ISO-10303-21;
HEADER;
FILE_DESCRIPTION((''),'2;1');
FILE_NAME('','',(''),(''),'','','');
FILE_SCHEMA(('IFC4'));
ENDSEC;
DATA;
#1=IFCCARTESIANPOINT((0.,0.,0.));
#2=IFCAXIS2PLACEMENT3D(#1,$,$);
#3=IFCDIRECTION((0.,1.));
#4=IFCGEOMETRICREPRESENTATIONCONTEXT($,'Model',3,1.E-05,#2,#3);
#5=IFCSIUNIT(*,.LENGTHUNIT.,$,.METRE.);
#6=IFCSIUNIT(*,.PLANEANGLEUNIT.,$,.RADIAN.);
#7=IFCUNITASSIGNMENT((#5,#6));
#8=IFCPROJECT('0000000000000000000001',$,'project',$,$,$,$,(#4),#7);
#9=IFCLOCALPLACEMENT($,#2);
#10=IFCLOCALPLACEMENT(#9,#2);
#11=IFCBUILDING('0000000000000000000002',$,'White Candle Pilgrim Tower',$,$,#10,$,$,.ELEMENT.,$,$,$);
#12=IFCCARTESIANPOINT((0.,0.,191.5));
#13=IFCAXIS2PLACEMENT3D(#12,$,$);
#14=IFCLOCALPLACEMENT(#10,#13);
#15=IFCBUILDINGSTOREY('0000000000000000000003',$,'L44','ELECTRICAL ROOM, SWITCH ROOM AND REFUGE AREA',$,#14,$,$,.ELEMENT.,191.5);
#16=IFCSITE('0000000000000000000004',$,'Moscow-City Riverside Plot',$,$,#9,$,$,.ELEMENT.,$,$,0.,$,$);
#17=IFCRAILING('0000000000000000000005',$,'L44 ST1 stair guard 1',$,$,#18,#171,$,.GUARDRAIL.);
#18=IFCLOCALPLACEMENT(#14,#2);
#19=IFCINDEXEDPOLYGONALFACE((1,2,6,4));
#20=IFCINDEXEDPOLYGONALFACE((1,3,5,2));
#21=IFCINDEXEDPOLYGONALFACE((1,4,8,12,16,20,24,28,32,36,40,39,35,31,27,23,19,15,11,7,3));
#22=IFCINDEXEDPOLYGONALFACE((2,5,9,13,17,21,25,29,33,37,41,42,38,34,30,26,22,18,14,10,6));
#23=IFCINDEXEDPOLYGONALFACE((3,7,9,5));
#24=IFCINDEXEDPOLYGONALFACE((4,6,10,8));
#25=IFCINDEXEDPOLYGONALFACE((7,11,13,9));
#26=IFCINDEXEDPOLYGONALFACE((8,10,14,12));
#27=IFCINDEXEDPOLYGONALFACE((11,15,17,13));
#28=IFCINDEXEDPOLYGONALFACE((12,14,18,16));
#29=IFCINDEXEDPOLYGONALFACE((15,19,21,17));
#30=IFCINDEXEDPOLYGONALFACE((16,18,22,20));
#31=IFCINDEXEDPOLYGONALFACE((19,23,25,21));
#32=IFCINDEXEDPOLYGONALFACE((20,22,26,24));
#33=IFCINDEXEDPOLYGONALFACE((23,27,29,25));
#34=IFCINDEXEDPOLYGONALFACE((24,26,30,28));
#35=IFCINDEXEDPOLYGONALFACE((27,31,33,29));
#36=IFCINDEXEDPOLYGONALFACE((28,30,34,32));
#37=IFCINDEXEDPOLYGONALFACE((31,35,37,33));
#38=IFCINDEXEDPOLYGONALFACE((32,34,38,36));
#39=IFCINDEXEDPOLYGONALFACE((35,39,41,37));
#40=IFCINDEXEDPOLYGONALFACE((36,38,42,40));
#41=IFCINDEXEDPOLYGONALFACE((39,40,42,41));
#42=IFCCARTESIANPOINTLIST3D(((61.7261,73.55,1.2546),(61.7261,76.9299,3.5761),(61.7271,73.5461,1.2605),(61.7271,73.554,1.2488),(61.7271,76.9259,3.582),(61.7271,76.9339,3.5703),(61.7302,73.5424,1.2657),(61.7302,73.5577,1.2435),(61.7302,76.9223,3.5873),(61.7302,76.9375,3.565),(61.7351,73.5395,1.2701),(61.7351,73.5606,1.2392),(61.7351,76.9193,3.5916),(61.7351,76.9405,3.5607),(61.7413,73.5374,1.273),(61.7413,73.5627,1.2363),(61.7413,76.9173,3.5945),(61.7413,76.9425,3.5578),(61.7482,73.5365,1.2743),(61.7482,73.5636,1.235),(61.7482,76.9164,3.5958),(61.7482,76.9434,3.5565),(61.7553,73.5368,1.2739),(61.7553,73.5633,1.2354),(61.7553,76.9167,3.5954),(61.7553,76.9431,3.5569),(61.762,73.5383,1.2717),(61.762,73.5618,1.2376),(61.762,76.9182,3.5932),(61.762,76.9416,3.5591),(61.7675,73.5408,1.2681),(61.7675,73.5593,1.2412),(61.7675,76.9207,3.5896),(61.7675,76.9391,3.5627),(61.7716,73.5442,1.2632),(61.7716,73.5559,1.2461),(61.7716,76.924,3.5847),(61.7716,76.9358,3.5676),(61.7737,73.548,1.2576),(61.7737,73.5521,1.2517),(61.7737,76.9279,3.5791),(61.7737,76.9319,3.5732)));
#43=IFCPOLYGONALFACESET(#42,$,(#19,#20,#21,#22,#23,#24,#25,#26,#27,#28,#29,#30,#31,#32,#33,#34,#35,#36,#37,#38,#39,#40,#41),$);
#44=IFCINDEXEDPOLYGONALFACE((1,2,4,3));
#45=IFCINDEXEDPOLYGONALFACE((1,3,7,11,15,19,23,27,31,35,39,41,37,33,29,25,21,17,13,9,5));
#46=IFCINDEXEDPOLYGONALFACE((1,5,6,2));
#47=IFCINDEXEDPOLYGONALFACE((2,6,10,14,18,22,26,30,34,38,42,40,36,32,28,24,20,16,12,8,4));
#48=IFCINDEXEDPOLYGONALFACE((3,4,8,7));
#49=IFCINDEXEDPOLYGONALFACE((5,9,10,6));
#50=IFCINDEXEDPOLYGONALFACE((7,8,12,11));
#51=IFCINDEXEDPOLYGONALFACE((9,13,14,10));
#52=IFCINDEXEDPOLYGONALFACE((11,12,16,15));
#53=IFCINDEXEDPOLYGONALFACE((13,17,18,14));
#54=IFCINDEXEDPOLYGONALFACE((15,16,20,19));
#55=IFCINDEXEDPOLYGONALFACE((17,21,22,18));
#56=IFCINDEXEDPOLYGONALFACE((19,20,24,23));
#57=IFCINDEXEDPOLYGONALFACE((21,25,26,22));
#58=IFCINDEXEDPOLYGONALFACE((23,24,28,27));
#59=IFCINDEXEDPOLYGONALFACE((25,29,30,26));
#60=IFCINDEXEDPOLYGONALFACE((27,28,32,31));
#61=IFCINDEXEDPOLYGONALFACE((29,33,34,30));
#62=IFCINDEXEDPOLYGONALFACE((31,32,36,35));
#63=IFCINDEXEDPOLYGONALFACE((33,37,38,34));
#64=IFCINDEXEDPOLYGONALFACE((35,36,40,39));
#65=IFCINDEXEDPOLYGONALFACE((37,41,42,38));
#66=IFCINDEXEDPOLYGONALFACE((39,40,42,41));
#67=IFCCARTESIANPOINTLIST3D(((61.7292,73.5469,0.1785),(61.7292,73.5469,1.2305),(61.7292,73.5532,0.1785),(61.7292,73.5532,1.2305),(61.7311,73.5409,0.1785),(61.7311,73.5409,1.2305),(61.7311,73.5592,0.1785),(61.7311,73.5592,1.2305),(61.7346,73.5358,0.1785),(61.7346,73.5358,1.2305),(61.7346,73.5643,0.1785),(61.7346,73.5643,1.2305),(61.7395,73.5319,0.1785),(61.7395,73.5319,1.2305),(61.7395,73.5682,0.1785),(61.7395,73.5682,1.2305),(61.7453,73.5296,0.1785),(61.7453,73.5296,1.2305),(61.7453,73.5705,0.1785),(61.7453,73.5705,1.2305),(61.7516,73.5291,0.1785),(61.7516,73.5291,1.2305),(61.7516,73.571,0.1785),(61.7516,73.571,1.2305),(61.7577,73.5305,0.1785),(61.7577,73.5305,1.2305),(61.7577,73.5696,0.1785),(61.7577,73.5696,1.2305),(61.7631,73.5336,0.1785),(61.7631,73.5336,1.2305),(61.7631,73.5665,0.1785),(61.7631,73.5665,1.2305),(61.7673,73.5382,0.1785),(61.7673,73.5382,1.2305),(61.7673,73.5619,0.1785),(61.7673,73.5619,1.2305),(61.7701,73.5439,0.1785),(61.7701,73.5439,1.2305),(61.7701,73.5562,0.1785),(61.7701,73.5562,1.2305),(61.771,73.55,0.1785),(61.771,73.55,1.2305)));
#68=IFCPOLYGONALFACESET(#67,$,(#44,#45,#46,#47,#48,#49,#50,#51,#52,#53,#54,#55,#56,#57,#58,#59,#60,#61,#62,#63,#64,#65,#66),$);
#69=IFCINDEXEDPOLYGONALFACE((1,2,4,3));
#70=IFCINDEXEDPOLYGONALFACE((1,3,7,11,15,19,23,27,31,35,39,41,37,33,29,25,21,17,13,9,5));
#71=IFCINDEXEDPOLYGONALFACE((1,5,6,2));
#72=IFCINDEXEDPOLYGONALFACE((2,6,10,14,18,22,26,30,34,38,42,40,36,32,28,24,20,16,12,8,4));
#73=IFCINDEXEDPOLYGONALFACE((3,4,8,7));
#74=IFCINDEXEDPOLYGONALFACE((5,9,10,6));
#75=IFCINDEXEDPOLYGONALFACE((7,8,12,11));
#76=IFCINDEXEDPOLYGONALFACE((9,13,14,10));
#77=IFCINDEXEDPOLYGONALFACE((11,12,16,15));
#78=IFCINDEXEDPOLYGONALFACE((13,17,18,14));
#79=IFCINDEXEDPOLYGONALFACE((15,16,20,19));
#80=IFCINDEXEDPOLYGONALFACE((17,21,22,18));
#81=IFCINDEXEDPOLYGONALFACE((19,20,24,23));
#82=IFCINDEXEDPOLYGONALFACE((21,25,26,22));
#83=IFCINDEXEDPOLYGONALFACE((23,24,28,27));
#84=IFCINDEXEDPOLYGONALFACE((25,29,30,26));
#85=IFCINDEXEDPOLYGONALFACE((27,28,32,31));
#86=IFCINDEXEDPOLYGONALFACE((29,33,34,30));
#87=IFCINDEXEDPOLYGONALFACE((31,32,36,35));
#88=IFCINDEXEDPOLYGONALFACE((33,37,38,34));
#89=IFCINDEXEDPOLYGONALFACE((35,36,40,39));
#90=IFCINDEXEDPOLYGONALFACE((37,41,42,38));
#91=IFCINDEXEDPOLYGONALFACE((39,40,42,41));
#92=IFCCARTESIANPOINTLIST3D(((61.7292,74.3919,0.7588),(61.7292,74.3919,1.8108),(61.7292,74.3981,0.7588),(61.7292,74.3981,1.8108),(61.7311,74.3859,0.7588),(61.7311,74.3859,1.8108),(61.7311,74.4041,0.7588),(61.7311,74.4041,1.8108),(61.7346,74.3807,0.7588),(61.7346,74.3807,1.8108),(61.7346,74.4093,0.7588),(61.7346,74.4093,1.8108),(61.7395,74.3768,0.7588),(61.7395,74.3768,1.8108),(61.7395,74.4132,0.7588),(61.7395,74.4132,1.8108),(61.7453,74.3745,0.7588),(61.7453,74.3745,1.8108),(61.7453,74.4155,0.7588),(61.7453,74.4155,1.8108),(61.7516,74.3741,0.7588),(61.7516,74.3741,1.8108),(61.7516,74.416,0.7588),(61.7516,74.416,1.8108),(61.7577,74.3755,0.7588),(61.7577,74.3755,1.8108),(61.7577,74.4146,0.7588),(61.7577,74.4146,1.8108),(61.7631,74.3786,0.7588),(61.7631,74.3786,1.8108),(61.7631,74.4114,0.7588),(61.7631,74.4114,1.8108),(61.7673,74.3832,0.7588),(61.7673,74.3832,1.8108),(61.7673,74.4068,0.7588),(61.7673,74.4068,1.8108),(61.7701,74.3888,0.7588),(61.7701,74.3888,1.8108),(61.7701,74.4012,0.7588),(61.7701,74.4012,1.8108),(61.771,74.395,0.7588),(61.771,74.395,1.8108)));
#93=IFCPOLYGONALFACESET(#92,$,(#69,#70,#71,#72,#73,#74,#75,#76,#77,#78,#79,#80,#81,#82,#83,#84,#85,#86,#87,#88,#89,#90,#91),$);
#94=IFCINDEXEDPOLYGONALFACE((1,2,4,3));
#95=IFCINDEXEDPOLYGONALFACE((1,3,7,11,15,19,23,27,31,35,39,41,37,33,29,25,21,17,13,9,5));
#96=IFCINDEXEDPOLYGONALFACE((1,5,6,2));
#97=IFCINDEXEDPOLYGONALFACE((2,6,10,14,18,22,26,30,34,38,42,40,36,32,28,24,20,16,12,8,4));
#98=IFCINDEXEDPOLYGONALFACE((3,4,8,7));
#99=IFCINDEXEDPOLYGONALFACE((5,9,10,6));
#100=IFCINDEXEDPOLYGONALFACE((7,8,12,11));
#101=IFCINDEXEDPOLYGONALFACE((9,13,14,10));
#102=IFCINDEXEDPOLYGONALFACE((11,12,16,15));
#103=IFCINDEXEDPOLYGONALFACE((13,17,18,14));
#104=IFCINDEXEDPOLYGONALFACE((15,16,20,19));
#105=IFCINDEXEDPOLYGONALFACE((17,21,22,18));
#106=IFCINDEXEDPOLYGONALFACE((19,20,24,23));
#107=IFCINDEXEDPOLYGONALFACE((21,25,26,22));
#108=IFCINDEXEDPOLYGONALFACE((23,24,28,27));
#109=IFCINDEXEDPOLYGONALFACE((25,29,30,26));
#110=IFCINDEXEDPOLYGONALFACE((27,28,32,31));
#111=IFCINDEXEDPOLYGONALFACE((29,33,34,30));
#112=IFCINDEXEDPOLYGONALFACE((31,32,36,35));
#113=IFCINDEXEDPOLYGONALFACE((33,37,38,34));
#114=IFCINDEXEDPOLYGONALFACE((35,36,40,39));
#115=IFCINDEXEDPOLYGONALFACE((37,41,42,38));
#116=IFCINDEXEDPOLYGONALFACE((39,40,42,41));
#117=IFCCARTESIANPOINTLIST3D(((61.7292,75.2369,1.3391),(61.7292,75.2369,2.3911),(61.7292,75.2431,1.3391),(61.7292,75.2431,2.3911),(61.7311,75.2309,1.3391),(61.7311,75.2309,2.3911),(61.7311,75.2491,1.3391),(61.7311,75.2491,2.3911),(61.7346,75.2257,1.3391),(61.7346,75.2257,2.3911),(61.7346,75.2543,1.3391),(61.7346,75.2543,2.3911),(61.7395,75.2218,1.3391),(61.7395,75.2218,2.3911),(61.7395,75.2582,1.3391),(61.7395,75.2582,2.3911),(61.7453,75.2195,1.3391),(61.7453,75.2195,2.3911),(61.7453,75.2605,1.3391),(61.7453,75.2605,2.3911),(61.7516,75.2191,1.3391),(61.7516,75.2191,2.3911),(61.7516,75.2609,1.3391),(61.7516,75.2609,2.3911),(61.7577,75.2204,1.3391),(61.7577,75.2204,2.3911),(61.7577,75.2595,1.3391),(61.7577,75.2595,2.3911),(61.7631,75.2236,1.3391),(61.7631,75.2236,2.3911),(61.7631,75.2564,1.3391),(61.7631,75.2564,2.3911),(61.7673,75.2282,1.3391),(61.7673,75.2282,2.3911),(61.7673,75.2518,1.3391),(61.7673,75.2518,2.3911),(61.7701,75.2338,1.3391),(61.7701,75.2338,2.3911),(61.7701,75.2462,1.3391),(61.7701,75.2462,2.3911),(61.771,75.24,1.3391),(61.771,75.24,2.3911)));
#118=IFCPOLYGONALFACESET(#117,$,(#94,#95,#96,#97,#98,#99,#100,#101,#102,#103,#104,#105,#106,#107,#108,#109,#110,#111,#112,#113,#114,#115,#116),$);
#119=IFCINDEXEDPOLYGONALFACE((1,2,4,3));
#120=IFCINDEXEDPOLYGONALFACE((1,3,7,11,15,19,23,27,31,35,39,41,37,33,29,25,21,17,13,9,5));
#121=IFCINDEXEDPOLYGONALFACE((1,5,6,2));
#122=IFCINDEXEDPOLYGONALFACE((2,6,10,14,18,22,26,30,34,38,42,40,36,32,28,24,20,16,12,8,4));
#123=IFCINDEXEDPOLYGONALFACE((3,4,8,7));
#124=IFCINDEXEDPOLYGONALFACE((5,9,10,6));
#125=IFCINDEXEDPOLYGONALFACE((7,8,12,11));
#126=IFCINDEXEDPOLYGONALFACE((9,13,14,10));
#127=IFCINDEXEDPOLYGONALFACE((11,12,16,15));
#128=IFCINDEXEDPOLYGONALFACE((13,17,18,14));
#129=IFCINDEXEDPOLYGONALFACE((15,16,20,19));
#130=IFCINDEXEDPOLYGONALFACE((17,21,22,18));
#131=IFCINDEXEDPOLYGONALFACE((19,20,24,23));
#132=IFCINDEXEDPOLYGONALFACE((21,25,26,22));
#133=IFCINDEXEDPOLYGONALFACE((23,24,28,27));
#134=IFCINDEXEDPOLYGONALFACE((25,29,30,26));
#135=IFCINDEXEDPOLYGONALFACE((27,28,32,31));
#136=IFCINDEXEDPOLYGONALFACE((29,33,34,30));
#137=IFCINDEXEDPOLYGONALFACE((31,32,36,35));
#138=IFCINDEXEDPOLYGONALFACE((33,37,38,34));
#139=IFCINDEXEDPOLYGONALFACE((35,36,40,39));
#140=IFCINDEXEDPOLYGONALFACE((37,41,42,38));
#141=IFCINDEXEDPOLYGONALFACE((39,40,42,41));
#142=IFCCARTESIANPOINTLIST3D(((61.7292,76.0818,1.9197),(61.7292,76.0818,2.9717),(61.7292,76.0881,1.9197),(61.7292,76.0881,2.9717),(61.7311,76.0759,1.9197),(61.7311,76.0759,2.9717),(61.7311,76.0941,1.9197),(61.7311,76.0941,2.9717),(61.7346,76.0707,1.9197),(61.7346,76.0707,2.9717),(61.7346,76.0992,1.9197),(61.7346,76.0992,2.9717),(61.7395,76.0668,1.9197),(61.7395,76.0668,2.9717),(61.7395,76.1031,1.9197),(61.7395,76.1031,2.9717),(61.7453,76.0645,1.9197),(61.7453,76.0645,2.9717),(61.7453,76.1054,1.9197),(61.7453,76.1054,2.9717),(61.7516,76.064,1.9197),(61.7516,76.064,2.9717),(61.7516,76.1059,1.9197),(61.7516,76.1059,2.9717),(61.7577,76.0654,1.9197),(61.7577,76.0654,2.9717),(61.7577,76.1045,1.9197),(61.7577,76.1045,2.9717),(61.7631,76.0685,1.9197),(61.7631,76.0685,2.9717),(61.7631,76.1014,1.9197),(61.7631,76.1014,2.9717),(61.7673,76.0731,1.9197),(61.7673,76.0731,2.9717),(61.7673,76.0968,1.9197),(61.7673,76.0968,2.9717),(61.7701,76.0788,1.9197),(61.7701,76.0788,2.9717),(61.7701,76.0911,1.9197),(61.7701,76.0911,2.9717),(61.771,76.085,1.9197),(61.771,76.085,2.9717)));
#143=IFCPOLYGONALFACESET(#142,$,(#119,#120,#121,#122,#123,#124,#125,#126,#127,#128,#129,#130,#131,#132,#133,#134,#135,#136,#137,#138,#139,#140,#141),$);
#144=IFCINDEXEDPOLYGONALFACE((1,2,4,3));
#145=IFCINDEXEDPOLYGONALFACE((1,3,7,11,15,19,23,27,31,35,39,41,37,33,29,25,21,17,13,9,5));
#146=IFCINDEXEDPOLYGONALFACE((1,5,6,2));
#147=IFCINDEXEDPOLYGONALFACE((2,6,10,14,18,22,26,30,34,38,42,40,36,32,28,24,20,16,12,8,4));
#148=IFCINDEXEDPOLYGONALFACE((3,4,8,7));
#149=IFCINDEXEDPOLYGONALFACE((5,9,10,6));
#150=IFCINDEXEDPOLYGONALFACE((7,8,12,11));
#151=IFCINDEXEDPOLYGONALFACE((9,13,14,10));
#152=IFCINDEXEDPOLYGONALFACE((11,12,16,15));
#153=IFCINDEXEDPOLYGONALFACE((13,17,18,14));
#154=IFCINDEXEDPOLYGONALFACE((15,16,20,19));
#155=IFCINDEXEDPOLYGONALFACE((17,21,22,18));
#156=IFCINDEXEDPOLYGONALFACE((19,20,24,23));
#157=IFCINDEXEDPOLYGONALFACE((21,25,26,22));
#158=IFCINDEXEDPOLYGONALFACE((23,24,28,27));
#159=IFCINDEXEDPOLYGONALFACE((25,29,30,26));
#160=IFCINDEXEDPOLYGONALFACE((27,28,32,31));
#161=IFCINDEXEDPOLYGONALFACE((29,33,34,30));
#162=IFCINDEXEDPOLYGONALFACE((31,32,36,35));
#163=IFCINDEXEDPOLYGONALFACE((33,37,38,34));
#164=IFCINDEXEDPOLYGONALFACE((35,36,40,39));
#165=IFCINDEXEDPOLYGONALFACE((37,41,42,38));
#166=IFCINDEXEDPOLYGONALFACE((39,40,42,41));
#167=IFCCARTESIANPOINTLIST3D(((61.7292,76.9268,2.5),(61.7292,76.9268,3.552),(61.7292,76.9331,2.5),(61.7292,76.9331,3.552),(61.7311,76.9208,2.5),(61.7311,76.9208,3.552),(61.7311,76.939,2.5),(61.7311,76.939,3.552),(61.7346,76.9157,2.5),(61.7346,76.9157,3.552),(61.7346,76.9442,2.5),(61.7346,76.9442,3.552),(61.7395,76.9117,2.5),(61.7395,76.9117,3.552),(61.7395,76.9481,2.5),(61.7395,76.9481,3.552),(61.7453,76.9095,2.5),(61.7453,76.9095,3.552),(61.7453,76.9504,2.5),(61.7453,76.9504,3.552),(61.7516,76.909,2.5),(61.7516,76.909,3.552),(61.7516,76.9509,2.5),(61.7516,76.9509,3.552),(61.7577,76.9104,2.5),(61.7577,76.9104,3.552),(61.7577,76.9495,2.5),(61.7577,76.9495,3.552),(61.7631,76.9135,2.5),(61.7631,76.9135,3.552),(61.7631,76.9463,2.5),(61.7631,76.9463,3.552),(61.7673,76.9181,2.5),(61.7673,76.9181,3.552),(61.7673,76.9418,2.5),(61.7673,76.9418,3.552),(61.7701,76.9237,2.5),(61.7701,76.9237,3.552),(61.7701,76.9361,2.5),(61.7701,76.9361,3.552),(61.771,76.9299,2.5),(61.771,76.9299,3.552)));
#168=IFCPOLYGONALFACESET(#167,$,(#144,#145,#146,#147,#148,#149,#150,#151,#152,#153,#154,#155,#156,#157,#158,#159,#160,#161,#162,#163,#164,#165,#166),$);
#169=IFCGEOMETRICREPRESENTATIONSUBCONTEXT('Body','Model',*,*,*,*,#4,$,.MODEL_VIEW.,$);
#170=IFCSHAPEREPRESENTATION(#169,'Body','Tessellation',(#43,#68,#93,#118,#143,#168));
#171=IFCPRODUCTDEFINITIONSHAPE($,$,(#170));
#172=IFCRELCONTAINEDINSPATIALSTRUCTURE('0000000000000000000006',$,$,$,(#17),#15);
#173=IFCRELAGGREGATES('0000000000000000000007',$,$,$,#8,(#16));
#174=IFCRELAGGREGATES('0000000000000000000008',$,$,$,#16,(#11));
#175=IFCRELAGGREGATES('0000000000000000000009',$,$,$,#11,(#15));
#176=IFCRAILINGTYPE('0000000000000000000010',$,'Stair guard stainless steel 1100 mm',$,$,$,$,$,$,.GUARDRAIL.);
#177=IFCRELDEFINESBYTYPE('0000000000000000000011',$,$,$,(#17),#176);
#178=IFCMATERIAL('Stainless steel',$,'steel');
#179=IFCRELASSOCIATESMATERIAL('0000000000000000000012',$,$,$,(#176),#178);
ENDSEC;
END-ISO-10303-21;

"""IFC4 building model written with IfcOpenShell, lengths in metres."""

from ifc_helpers import new_model, si_unit, direction, frame, origin, origin_2d, place, context, subcontext, project, spatial, circle, extrude, material, type_object, element, save


model = new_model("IFC4")

# Units and contexts
model_context = context("Model", 3, precision=1e-05, world=origin(), true_north=direction((0.0, 1.0)))
body_context = subcontext(model_context, "Body", "Model", "MODEL_VIEW")
ifc_project = project(units=[si_unit("LENGTHUNIT", "METRE"), si_unit("PLANEANGLEUNIT", "RADIAN")], contexts=[model_context])

# Site, building, storey
site_placement = place(None, origin())
site = spatial("IfcSite", under=ifc_project, at=site_placement, Name="Moscow-City Riverside Plot", CompositionType="ELEMENT", RefElevation=0.0)
building_placement = place(site_placement, origin())
building = spatial("IfcBuilding", under=site, at=building_placement, Name="White Candle Pilgrim Tower", CompositionType="ELEMENT")
storey_placement = place(building_placement, frame((0.0, 0.0, 191.5)))
storey = spatial("IfcBuildingStorey", under=building, at=storey_placement, Name="L44", Description="ELECTRICAL ROOM, SWITCH ROOM AND REFUGE AREA", CompositionType="ELEMENT", Elevation=191.5)

# Railing
ifc_material_1 = material(Name="Stainless steel", Category="steel")
railing_type_1 = type_object("IfcRailingType", Name="Stair guard stainless steel 1100 mm", PredefinedType="GUARDRAIL", material=ifc_material_1)
railing_1_placement = place(storey_placement, frame((61.75, 73.55, 0.1785)))
element("IfcRailing", 1, at=railing_1_placement, inside=storey, type_object=railing_type_1, Name="L44 ST1 stair guard 1", PredefinedType="GUARDRAIL", context=body_context, shape_type="SweptSolid", body=[
    extrude(circle(Radius=0.0239, at=origin_2d()), frame((0.0, 0.0, 1.0762), z_axis=(0.0, 0.824285, 0.566175), x_axis=(-1.0, 0.0, 0.0)), (0.0, 0.0, 1.0), 4.1003),
    extrude(circle(Radius=0.021, at=origin_2d()), origin(), (0.0, 0.0, 1.0), 1.052),
    extrude(circle(Radius=0.021, at=origin_2d()), frame((0.0, 0.845, 0.5803)), (0.0, 0.0, 1.0), 1.052),
    extrude(circle(Radius=0.021, at=origin_2d()), frame((0.0, 1.6899, 1.1606)), (0.0, 0.0, 1.0), 1.052),
    extrude(circle(Radius=0.021, at=origin_2d()), frame((0.0, 2.5349, 1.7412)), (0.0, 0.0, 1.0), 1.052),
    extrude(circle(Radius=0.021, at=origin_2d()), frame((0.0, 3.3799, 2.3215)), (0.0, 0.0, 1.0), 1.052),
])

save(model, "model.ifc")
